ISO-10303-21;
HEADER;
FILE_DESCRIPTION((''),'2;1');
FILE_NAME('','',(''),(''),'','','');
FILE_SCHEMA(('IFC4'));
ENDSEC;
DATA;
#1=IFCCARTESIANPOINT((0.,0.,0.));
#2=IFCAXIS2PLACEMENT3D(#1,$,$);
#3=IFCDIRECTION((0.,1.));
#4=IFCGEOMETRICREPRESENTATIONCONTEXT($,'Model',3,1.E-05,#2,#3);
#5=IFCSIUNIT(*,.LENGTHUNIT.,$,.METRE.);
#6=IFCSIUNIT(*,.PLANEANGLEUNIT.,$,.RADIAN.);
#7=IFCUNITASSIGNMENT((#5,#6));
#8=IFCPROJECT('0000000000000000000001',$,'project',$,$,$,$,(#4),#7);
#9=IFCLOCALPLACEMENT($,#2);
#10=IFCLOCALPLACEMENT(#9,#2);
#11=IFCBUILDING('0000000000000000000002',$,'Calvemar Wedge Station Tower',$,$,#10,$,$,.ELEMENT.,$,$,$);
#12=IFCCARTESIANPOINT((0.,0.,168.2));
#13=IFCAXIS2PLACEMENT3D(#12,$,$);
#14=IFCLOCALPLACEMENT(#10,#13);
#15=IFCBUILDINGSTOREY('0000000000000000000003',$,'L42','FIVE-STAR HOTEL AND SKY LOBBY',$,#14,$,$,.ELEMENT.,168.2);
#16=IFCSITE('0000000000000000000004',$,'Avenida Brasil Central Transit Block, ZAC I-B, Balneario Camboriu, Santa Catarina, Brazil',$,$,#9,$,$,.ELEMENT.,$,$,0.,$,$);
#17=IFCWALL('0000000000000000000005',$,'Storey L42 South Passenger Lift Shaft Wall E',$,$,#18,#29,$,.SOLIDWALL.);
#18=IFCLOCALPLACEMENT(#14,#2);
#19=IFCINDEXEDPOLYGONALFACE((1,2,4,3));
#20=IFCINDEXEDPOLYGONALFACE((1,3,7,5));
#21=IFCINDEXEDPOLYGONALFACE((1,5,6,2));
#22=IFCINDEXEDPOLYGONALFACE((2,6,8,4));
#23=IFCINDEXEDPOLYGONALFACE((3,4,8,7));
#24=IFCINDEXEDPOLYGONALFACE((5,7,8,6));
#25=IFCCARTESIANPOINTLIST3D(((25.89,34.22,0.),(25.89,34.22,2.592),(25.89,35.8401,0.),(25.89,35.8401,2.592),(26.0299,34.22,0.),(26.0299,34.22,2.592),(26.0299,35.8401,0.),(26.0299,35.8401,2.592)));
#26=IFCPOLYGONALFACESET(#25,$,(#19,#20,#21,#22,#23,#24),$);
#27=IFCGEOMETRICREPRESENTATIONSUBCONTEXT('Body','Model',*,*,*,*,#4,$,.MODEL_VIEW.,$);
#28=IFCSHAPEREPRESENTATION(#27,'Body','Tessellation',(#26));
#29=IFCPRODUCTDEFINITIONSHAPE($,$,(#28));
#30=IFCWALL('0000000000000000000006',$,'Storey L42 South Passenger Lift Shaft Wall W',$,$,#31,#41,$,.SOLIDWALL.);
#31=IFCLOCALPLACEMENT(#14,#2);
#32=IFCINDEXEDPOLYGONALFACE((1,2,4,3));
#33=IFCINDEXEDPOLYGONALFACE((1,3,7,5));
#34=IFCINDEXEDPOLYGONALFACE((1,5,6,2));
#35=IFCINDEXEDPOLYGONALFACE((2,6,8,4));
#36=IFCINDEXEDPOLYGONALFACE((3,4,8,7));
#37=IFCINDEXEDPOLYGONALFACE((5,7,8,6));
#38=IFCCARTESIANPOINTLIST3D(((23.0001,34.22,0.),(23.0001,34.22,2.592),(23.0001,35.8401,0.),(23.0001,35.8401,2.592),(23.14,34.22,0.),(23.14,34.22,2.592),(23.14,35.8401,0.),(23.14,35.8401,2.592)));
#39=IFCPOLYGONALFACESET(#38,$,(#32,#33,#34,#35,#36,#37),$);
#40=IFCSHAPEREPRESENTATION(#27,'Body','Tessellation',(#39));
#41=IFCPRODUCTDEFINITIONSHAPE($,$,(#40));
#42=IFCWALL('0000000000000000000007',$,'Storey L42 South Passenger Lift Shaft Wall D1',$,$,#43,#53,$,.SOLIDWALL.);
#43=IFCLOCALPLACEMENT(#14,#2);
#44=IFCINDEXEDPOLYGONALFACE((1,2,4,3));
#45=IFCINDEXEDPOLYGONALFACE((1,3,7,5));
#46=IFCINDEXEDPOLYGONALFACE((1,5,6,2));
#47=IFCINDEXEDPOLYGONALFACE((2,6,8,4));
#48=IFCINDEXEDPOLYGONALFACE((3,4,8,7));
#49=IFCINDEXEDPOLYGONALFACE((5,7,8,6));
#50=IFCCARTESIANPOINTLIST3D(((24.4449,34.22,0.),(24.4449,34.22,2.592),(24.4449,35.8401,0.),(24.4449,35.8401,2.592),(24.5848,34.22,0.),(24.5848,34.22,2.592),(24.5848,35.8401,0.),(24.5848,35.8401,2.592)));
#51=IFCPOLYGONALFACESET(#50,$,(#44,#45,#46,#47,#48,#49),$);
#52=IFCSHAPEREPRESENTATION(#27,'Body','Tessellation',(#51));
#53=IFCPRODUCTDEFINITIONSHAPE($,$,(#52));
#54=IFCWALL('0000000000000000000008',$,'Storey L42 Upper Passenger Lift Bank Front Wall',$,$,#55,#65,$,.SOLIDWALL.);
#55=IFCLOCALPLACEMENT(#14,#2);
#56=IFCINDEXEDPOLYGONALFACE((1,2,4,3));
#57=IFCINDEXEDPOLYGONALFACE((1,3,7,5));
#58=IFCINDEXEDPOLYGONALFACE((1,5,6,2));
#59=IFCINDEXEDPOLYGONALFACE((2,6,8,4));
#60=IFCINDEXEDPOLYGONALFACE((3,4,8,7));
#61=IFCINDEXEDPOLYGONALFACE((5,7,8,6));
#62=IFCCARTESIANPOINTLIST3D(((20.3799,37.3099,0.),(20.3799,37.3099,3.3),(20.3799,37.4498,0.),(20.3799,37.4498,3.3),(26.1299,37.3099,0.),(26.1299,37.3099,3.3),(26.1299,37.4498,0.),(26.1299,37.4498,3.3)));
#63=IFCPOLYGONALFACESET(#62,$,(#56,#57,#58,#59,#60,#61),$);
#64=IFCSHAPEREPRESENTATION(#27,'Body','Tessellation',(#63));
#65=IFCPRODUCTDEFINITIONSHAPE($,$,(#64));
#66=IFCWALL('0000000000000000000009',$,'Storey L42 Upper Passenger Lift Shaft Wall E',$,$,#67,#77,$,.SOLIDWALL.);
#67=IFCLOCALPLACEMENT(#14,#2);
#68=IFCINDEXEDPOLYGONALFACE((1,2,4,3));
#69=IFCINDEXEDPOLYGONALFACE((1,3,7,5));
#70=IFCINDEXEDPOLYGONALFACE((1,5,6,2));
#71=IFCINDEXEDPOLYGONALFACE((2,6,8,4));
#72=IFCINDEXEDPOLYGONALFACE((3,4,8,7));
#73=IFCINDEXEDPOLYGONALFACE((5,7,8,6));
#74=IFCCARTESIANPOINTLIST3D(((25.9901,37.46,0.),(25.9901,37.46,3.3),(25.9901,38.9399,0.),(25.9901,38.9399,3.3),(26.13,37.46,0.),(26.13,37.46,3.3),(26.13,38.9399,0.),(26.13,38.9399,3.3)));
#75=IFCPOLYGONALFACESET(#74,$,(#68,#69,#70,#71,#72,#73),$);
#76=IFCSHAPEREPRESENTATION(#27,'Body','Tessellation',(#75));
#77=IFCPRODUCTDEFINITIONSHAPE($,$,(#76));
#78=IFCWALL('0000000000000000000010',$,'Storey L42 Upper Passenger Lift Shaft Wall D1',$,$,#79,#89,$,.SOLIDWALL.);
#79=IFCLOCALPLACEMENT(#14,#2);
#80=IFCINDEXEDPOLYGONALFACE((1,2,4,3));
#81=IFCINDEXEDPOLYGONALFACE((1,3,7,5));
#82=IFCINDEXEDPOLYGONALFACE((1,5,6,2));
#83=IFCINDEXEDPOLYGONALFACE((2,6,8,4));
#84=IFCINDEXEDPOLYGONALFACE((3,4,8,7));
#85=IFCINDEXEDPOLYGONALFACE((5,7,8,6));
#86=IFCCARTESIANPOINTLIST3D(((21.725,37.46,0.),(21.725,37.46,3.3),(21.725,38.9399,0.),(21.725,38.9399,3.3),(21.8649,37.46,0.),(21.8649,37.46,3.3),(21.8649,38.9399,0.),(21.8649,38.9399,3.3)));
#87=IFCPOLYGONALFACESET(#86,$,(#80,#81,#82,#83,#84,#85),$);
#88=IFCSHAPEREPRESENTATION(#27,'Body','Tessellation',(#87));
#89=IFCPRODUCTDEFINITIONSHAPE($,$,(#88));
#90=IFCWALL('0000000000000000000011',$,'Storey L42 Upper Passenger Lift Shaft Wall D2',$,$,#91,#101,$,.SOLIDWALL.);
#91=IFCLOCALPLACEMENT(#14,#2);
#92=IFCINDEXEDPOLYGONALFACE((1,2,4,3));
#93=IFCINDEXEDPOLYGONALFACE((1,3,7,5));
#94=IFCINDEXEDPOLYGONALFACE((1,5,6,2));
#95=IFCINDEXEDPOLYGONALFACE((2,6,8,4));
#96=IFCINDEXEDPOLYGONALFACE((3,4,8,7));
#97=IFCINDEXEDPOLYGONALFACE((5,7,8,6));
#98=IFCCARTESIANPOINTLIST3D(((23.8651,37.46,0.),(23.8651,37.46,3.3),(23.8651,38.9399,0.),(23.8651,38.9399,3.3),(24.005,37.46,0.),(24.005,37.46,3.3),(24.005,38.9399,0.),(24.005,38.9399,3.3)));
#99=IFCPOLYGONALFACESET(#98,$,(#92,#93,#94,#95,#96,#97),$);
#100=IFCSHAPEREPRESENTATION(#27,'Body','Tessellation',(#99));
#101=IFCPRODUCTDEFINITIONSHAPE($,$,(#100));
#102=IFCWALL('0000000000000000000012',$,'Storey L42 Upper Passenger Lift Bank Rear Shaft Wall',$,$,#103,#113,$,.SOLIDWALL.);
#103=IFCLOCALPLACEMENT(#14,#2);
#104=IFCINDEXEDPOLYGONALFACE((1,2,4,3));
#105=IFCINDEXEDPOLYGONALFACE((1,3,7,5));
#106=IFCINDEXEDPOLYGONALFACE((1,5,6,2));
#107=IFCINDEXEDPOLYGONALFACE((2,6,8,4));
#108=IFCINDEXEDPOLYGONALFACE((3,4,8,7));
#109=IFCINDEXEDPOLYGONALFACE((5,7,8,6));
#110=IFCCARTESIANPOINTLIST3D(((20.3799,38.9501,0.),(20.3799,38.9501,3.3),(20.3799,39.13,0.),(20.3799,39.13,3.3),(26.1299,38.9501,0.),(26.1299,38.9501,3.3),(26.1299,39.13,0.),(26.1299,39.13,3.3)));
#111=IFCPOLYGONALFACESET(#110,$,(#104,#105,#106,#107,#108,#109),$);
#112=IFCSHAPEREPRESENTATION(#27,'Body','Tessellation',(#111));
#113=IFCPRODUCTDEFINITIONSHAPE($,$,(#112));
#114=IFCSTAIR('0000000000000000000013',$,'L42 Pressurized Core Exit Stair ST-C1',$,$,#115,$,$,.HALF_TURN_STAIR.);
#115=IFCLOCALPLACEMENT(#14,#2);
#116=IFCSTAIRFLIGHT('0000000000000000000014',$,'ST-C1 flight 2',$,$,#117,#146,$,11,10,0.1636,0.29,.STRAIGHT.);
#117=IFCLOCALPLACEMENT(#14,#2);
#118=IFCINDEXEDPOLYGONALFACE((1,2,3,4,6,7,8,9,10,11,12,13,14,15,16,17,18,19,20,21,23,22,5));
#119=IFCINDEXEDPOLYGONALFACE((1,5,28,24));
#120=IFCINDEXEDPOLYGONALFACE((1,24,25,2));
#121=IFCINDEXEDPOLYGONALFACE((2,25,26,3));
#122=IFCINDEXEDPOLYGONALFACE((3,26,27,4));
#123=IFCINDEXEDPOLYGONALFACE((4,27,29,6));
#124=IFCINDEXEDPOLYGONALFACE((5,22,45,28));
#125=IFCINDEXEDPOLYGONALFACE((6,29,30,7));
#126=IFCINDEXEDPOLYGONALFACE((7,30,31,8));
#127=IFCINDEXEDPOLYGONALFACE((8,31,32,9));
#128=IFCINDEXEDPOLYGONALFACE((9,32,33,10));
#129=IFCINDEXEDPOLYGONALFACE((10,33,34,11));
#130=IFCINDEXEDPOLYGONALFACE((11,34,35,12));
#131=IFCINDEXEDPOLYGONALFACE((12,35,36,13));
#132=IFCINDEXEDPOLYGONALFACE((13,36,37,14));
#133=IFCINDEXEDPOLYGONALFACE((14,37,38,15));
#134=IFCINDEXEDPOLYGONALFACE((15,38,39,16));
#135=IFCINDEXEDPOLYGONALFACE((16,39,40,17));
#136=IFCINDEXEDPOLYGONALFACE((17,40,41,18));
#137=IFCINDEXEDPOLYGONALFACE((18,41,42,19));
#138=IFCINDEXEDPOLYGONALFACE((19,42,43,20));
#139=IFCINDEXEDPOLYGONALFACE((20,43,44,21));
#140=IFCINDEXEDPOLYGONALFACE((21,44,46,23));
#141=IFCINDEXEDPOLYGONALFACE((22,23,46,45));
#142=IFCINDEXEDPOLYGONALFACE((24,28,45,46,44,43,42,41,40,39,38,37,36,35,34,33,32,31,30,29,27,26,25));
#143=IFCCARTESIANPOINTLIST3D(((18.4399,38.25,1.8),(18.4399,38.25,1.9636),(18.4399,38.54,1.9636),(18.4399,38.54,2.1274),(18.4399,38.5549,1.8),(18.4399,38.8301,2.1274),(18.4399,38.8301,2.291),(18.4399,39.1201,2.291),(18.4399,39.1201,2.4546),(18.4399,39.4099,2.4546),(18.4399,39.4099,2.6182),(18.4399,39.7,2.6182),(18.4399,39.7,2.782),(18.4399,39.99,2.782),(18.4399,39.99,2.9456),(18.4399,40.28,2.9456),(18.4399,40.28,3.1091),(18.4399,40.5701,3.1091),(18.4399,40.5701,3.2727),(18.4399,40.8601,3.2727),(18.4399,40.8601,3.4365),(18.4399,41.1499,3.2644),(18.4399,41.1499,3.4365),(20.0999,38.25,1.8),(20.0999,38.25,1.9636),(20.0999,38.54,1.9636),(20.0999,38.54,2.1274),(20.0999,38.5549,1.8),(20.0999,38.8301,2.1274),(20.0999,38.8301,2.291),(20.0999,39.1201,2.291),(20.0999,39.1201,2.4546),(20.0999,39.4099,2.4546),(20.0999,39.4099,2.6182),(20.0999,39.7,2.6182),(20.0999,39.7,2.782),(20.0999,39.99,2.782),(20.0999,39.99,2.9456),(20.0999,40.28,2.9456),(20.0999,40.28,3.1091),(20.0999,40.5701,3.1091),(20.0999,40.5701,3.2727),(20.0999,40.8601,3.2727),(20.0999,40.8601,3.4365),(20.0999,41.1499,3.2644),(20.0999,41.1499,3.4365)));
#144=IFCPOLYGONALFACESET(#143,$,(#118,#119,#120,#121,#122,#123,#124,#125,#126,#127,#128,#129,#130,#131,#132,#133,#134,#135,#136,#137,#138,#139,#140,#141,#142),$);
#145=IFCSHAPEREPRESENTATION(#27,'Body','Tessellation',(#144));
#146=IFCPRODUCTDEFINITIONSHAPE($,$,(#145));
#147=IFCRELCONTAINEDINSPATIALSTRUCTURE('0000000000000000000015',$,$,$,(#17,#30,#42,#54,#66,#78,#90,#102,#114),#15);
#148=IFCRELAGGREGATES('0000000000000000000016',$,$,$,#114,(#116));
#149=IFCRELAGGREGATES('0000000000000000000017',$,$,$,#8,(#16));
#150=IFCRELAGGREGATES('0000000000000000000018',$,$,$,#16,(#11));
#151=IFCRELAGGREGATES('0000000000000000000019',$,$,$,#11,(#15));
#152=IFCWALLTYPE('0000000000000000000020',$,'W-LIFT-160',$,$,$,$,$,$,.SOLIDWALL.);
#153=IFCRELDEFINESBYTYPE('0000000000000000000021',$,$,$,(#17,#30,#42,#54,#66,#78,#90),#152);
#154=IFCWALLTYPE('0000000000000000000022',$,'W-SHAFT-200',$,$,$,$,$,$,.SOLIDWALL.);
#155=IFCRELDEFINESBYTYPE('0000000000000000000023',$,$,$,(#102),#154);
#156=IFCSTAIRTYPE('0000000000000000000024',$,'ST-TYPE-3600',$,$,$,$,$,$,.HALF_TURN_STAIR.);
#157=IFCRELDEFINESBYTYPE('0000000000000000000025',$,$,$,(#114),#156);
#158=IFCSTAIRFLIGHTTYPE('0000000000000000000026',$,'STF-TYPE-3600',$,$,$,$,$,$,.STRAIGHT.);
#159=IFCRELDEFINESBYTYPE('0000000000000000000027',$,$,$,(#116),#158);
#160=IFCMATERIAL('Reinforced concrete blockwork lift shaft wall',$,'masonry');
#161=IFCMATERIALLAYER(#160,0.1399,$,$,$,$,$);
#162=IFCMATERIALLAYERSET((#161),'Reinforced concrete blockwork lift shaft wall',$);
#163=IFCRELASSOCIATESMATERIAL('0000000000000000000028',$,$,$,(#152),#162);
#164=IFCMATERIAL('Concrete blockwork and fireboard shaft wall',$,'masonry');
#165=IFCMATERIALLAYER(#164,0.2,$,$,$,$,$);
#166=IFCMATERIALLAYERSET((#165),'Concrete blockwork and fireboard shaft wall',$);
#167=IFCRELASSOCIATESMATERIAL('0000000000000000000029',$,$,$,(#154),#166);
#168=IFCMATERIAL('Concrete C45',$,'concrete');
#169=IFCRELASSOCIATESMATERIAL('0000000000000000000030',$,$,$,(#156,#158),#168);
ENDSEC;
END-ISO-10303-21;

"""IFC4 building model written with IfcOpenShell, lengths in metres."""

from ifc_helpers import new_model, si_unit, direction, frame, frame_2d, origin, place, context, subcontext, project, spatial, polyline, rectangle, outline, extrude, material, layer, layer_set, type_object, element, aggregate, save


model = new_model("IFC4")

# Units and contexts
model_context = context("Model", 3, precision=1e-05, world=origin(), true_north=direction((0.0, 1.0)))
body_context = subcontext(model_context, "Body", "Model", "MODEL_VIEW")
ifc_project = project(units=[si_unit("LENGTHUNIT", "METRE"), si_unit("PLANEANGLEUNIT", "RADIAN")], contexts=[model_context])

# Site, building, storey
site_placement = place(None, origin())
site = spatial("IfcSite", under=ifc_project, at=site_placement, Name="Avenida Brasil Central Transit Block, ZAC I-B, Balneario Camboriu, Santa Catarina, Brazil", CompositionType="ELEMENT", RefElevation=0.0)
building_placement = place(site_placement, origin())
building = spatial("IfcBuilding", under=site, at=building_placement, Name="Calvemar Wedge Station Tower", CompositionType="ELEMENT")
storey_placement = place(building_placement, frame((0.0, 0.0, 168.2)))
storey = spatial("IfcBuildingStorey", under=building, at=storey_placement, Name="L42", Description="FIVE-STAR HOTEL AND SKY LOBBY", CompositionType="ELEMENT", Elevation=168.2)

# Shared definitions
ifc_material_1 = material(Name="Reinforced concrete blockwork lift shaft wall", Category="masonry")
ifc_layer_1 = layer(ifc_material_1, 0.1399)
ifc_layer_set_1 = layer_set([ifc_layer_1], Name="Reinforced concrete blockwork lift shaft wall")
wall_type_1 = type_object("IfcWallType", Name="W-LIFT-160", PredefinedType="SOLIDWALL", material=ifc_layer_set_1)

# Walls
for number, where, z_axis, x_axis, name in (
    (1, (25.96, 34.22, 0.0), (0.0, 0.0, 1.0), (0.0, 1.0, 0.0), "Storey L42 South Passenger Lift Shaft Wall E"),
    (2, (23.0701, 34.22, 0.0), (0.0, 0.0, 1.0), (0.0, 1.0, 0.0), "Storey L42 South Passenger Lift Shaft Wall W"),
    (3, (24.5149, 34.22, 0.0), (0.0, 0.0, 1.0), (0.0, 1.0, 0.0), "Storey L42 South Passenger Lift Shaft Wall D1"),
):
    element("IfcWall", number, at=place(storey_placement, frame(where, z_axis=z_axis, x_axis=x_axis)), inside=storey, type_object=wall_type_1, Name=name, PredefinedType="SOLIDWALL", context=body_context, shape_type="SweptSolid", body=[
        extrude(rectangle(XDim=1.6201, YDim=0.1399, at=frame_2d((0.8101, 0.0))), origin(), (0.0, 0.0, 1.0), 2.592),
    ])
wall_1_placement = place(storey_placement, frame((20.3799, 37.3799, 0.0), z_axis=(0.0, 0.0, 1.0), x_axis=(1.0, 0.0, 0.0)))
element("IfcWall", 4, at=wall_1_placement, inside=storey, type_object=wall_type_1, Name="Storey L42 Upper Passenger Lift Bank Front Wall", PredefinedType="SOLIDWALL", context=body_context, shape_type="SweptSolid", body=[
    extrude(rectangle(XDim=5.75, YDim=0.1399, at=frame_2d((2.875, 0.0))), origin(), (0.0, 0.0, 1.0), 3.3),
])
for number, where, z_axis, x_axis, name in (
    (5, (26.0601, 37.46, 0.0), (0.0, 0.0, 1.0), (0.0, 1.0, 0.0), "Storey L42 Upper Passenger Lift Shaft Wall E"),
    (6, (21.7949, 37.46, 0.0), (0.0, 0.0, 1.0), (0.0, 1.0, 0.0), "Storey L42 Upper Passenger Lift Shaft Wall D1"),
    (7, (23.9351, 37.46, 0.0), (0.0, 0.0, 1.0), (0.0, 1.0, 0.0), "Storey L42 Upper Passenger Lift Shaft Wall D2"),
):
    element("IfcWall", number, at=place(storey_placement, frame(where, z_axis=z_axis, x_axis=x_axis)), inside=storey, type_object=wall_type_1, Name=name, PredefinedType="SOLIDWALL", context=body_context, shape_type="SweptSolid", body=[
        extrude(rectangle(XDim=1.48, YDim=0.1399, at=frame_2d((0.74, 0.0))), origin(), (0.0, 0.0, 1.0), 3.3),
    ])
ifc_material_2 = material(Name="Concrete blockwork and fireboard shaft wall", Category="masonry")
ifc_layer_2 = layer(ifc_material_2, 0.2)
ifc_layer_set_2 = layer_set([ifc_layer_2], Name="Concrete blockwork and fireboard shaft wall")
wall_type_2 = type_object("IfcWallType", Name="W-SHAFT-200", PredefinedType="SOLIDWALL", material=ifc_layer_set_2)
wall_2_placement = place(storey_placement, frame((20.3799, 39.04, 0.0), z_axis=(0.0, 0.0, 1.0), x_axis=(1.0, 0.0, 0.0)))
element("IfcWall", 8, at=wall_2_placement, inside=storey, type_object=wall_type_2, Name="Storey L42 Upper Passenger Lift Bank Rear Shaft Wall", PredefinedType="SOLIDWALL", context=body_context, shape_type="SweptSolid", body=[
    extrude(rectangle(XDim=5.75, YDim=0.1799, at=frame_2d((2.875, 0.0))), origin(), (0.0, 0.0, 1.0), 3.3),
])

# Stair, stair flight
ifc_material_3 = material(Name="Concrete C45", Category="concrete")
stair_type = type_object("IfcStairType", Name="ST-TYPE-3600", PredefinedType="HALF_TURN_STAIR", material=ifc_material_3)
stair_placement = place(storey_placement, origin())
stair = element("IfcStair", 9, at=stair_placement, inside=storey, type_object=stair_type, Name="L42 Pressurized Core Exit Stair ST-C1", PredefinedType="HALF_TURN_STAIR")
stair_flight_type = type_object("IfcStairFlightType", Name="STF-TYPE-3600", PredefinedType="STRAIGHT", material=ifc_material_3)
stair_flight_placement = place(storey_placement, frame((19.27, 38.25, 1.8), z_axis=(0.0, 0.0, 1.0), x_axis=(0.0, 1.0, 0.0)))
stair_flight = element("IfcStairFlight", 10, at=stair_flight_placement, type_object=stair_flight_type, Name="ST-C1 flight 2", NumberOfRisers=11, NumberOfTreads=10, PredefinedType="STRAIGHT", RiserHeight=0.1636, TreadLength=0.29, context=body_context, shape_type="SweptSolid", body=[
    extrude(outline(polyline([(0.0, 0.0), (0.0, 0.1636), (0.29, 0.1636), (0.29, 0.3274), (0.5801, 0.3274), (0.5801, 0.491), (0.8701, 0.491), (0.8701, 0.6545), (1.1599, 0.6545), (1.1599, 0.8181), (1.45, 0.8181), (1.45, 0.9819), (1.74, 0.9819), (1.74, 1.1455), (2.03, 1.1455), (2.03, 1.3091), (2.3201, 1.3091), (2.3201, 1.4727), (2.6101, 1.4727), (2.6101, 1.6365), (2.8999, 1.6365), (2.8999, 1.8), (2.8999, 1.4644), (0.3049, 0.0), (0.0, 0.0)])), frame((0.0, 0.8301, 0.0), z_axis=(0.0, -1.0, 0.0), x_axis=(1.0, 0.0, 0.0)), (0.0, 0.0, 1.0), 1.6599),
])
aggregate(stair, [stair_flight])

save(model, "model.ifc")
